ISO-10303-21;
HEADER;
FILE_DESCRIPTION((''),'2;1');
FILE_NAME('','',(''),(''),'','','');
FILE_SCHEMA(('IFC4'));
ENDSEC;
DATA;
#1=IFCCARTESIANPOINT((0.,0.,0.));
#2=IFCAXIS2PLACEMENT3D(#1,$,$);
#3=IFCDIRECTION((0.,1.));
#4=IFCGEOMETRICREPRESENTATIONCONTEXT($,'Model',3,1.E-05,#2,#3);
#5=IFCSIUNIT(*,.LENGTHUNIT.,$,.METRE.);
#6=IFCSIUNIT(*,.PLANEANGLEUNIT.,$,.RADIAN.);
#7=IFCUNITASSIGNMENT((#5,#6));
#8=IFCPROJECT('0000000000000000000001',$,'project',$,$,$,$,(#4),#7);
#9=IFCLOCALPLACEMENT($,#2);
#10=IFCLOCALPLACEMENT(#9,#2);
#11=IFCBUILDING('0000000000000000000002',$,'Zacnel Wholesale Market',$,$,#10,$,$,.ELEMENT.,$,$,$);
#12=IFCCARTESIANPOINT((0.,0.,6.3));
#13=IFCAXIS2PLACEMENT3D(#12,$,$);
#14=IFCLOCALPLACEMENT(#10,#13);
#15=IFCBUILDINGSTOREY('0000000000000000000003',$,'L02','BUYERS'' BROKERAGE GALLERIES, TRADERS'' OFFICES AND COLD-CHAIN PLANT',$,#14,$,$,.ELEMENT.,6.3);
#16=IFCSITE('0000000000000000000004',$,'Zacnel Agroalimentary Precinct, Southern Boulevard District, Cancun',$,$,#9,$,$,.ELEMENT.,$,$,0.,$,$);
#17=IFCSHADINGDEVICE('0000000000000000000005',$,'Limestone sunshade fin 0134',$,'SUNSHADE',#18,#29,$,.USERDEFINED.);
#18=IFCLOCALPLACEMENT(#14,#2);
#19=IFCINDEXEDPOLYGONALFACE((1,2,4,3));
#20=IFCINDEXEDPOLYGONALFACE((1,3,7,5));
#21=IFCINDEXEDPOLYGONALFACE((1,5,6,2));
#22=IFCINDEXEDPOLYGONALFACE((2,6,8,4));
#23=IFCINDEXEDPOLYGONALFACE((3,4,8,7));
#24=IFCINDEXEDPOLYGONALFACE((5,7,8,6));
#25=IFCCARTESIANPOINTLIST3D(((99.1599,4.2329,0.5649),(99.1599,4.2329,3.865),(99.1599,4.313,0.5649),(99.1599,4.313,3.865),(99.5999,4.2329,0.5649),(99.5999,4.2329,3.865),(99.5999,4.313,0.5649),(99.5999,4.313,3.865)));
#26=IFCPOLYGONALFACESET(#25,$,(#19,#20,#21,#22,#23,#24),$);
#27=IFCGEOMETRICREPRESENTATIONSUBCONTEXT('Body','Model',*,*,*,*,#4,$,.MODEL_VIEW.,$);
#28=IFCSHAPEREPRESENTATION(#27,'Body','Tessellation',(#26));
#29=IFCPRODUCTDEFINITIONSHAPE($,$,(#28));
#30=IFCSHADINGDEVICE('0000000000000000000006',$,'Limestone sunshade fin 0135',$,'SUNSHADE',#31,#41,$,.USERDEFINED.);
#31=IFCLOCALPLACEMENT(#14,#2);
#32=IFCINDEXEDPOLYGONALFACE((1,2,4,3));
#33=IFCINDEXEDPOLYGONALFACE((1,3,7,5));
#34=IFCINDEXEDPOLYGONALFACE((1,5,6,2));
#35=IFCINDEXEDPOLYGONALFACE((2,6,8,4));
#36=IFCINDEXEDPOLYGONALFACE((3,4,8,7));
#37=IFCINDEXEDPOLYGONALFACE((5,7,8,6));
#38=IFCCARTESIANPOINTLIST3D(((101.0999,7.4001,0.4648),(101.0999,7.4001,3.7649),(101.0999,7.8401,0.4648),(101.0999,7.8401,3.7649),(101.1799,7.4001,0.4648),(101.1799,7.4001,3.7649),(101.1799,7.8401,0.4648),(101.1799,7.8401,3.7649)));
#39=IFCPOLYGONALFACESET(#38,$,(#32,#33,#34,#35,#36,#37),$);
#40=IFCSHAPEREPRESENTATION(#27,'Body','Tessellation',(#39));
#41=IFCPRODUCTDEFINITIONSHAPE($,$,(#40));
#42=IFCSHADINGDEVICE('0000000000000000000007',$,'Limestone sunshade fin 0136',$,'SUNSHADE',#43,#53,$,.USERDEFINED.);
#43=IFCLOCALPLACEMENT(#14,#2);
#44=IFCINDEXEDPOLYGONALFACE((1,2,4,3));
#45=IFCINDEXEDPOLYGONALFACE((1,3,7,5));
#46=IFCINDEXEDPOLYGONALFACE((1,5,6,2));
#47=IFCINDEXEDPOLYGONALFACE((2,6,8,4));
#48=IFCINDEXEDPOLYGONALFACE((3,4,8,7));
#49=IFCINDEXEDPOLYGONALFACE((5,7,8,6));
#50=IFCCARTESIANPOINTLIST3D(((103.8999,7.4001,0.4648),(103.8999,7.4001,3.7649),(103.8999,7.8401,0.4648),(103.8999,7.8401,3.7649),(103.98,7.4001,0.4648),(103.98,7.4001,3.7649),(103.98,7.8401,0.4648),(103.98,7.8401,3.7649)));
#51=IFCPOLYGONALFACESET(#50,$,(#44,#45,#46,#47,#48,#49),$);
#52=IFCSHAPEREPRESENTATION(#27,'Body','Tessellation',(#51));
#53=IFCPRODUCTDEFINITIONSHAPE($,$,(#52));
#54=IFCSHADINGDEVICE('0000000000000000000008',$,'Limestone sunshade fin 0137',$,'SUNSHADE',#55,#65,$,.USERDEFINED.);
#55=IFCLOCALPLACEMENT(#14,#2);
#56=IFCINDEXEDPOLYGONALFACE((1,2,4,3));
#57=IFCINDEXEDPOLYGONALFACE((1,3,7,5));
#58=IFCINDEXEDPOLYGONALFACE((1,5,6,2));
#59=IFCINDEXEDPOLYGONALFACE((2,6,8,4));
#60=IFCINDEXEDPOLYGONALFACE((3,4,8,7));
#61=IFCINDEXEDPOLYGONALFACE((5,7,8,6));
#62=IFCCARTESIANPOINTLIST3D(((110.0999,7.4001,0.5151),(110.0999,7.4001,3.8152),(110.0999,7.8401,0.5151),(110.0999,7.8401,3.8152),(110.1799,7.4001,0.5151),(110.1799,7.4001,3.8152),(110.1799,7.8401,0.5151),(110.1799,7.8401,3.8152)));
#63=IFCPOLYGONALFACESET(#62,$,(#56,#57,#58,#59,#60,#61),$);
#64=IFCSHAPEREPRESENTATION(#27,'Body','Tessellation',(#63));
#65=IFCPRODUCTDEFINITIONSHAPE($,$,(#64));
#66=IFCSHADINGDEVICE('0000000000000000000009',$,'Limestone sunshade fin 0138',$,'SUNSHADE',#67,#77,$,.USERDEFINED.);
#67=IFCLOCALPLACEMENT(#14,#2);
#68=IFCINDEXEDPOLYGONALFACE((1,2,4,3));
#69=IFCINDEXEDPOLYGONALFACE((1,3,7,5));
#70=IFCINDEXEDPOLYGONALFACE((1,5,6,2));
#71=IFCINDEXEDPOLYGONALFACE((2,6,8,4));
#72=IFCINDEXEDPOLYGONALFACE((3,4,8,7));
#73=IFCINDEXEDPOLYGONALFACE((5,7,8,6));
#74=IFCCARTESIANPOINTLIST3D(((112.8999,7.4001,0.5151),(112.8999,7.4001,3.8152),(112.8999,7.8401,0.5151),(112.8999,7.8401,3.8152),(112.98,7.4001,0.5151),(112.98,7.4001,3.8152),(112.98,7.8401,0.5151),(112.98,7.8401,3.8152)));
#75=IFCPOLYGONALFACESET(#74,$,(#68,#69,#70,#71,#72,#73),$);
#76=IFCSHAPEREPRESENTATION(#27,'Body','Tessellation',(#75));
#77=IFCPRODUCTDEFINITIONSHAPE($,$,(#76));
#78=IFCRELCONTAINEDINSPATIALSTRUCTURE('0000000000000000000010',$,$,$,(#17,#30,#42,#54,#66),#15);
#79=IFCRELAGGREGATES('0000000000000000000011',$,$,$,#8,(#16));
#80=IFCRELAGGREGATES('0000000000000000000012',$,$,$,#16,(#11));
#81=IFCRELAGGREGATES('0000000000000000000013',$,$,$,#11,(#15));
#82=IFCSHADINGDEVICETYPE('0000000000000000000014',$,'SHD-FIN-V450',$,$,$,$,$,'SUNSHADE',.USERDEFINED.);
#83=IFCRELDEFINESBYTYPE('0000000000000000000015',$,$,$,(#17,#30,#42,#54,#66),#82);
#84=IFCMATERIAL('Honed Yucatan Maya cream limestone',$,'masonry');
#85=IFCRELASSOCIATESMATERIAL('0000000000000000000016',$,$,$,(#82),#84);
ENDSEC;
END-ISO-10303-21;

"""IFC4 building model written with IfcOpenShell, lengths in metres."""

from ifc_helpers import new_model, si_unit, direction, frame, origin, origin_2d, place, context, subcontext, project, spatial, rectangle, extrude, material, type_object, element, save


model = new_model("IFC4")

# Units and contexts
model_context = context("Model", 3, precision=1e-05, world=origin(), true_north=direction((0.0, 1.0)))
body_context = subcontext(model_context, "Body", "Model", "MODEL_VIEW")
ifc_project = project(units=[si_unit("LENGTHUNIT", "METRE"), si_unit("PLANEANGLEUNIT", "RADIAN")], contexts=[model_context])

# Site, building, storey
site_placement = place(None, origin())
site = spatial("IfcSite", under=ifc_project, at=site_placement, Name="Zacnel Agroalimentary Precinct, Southern Boulevard District, Cancun", CompositionType="ELEMENT", RefElevation=0.0)
building_placement = place(site_placement, origin())
building = spatial("IfcBuilding", under=site, at=building_placement, Name="Zacnel Wholesale Market", CompositionType="ELEMENT")
storey_placement = place(building_placement, frame((0.0, 0.0, 6.3)))
storey = spatial("IfcBuildingStorey", under=building, at=storey_placement, Name="L02", Description="BUYERS' BROKERAGE GALLERIES, TRADERS' OFFICES AND COLD-CHAIN PLANT", CompositionType="ELEMENT", Elevation=6.3)

# Shading devices
ifc_material_1 = material(Name="Honed Yucatan Maya cream limestone", Category="masonry")
shading_device_type = type_object("IfcShadingDeviceType", Name="SHD-FIN-V450", ElementType="SUNSHADE", PredefinedType="USERDEFINED", material=ifc_material_1)
for number, where, z_axis, x_axis, name in (
    (1, (99.3799, 4.2729, 0.5649), (0.0, 0.0, 1.0), (0.0, 1.0, 0.0), "Limestone sunshade fin 0134"),
    (2, (101.1399, 7.6201, 0.4648), (0.0, 0.0, 1.0), (1.0, 0.0, 0.0), "Limestone sunshade fin 0135"),
    (3, (103.9399, 7.6201, 0.4648), (0.0, 0.0, 1.0), (1.0, 0.0, 0.0), "Limestone sunshade fin 0136"),
    (4, (110.1399, 7.6201, 0.5151), (0.0, 0.0, 1.0), (1.0, 0.0, 0.0), "Limestone sunshade fin 0137"),
    (5, (112.9399, 7.6201, 0.5151), (0.0, 0.0, 1.0), (1.0, 0.0, 0.0), "Limestone sunshade fin 0138"),
):
    element("IfcShadingDevice", number, at=place(storey_placement, frame(where, z_axis=z_axis, x_axis=x_axis)), inside=storey, type_object=shading_device_type, Name=name, ObjectType="SUNSHADE", PredefinedType="USERDEFINED", context=body_context, shape_type="SweptSolid", body=[
        extrude(rectangle(XDim=0.0801, YDim=0.4399, at=origin_2d()), origin(), (0.0, 0.0, 1.0), 3.3),
    ])

save(model, "model.ifc")
